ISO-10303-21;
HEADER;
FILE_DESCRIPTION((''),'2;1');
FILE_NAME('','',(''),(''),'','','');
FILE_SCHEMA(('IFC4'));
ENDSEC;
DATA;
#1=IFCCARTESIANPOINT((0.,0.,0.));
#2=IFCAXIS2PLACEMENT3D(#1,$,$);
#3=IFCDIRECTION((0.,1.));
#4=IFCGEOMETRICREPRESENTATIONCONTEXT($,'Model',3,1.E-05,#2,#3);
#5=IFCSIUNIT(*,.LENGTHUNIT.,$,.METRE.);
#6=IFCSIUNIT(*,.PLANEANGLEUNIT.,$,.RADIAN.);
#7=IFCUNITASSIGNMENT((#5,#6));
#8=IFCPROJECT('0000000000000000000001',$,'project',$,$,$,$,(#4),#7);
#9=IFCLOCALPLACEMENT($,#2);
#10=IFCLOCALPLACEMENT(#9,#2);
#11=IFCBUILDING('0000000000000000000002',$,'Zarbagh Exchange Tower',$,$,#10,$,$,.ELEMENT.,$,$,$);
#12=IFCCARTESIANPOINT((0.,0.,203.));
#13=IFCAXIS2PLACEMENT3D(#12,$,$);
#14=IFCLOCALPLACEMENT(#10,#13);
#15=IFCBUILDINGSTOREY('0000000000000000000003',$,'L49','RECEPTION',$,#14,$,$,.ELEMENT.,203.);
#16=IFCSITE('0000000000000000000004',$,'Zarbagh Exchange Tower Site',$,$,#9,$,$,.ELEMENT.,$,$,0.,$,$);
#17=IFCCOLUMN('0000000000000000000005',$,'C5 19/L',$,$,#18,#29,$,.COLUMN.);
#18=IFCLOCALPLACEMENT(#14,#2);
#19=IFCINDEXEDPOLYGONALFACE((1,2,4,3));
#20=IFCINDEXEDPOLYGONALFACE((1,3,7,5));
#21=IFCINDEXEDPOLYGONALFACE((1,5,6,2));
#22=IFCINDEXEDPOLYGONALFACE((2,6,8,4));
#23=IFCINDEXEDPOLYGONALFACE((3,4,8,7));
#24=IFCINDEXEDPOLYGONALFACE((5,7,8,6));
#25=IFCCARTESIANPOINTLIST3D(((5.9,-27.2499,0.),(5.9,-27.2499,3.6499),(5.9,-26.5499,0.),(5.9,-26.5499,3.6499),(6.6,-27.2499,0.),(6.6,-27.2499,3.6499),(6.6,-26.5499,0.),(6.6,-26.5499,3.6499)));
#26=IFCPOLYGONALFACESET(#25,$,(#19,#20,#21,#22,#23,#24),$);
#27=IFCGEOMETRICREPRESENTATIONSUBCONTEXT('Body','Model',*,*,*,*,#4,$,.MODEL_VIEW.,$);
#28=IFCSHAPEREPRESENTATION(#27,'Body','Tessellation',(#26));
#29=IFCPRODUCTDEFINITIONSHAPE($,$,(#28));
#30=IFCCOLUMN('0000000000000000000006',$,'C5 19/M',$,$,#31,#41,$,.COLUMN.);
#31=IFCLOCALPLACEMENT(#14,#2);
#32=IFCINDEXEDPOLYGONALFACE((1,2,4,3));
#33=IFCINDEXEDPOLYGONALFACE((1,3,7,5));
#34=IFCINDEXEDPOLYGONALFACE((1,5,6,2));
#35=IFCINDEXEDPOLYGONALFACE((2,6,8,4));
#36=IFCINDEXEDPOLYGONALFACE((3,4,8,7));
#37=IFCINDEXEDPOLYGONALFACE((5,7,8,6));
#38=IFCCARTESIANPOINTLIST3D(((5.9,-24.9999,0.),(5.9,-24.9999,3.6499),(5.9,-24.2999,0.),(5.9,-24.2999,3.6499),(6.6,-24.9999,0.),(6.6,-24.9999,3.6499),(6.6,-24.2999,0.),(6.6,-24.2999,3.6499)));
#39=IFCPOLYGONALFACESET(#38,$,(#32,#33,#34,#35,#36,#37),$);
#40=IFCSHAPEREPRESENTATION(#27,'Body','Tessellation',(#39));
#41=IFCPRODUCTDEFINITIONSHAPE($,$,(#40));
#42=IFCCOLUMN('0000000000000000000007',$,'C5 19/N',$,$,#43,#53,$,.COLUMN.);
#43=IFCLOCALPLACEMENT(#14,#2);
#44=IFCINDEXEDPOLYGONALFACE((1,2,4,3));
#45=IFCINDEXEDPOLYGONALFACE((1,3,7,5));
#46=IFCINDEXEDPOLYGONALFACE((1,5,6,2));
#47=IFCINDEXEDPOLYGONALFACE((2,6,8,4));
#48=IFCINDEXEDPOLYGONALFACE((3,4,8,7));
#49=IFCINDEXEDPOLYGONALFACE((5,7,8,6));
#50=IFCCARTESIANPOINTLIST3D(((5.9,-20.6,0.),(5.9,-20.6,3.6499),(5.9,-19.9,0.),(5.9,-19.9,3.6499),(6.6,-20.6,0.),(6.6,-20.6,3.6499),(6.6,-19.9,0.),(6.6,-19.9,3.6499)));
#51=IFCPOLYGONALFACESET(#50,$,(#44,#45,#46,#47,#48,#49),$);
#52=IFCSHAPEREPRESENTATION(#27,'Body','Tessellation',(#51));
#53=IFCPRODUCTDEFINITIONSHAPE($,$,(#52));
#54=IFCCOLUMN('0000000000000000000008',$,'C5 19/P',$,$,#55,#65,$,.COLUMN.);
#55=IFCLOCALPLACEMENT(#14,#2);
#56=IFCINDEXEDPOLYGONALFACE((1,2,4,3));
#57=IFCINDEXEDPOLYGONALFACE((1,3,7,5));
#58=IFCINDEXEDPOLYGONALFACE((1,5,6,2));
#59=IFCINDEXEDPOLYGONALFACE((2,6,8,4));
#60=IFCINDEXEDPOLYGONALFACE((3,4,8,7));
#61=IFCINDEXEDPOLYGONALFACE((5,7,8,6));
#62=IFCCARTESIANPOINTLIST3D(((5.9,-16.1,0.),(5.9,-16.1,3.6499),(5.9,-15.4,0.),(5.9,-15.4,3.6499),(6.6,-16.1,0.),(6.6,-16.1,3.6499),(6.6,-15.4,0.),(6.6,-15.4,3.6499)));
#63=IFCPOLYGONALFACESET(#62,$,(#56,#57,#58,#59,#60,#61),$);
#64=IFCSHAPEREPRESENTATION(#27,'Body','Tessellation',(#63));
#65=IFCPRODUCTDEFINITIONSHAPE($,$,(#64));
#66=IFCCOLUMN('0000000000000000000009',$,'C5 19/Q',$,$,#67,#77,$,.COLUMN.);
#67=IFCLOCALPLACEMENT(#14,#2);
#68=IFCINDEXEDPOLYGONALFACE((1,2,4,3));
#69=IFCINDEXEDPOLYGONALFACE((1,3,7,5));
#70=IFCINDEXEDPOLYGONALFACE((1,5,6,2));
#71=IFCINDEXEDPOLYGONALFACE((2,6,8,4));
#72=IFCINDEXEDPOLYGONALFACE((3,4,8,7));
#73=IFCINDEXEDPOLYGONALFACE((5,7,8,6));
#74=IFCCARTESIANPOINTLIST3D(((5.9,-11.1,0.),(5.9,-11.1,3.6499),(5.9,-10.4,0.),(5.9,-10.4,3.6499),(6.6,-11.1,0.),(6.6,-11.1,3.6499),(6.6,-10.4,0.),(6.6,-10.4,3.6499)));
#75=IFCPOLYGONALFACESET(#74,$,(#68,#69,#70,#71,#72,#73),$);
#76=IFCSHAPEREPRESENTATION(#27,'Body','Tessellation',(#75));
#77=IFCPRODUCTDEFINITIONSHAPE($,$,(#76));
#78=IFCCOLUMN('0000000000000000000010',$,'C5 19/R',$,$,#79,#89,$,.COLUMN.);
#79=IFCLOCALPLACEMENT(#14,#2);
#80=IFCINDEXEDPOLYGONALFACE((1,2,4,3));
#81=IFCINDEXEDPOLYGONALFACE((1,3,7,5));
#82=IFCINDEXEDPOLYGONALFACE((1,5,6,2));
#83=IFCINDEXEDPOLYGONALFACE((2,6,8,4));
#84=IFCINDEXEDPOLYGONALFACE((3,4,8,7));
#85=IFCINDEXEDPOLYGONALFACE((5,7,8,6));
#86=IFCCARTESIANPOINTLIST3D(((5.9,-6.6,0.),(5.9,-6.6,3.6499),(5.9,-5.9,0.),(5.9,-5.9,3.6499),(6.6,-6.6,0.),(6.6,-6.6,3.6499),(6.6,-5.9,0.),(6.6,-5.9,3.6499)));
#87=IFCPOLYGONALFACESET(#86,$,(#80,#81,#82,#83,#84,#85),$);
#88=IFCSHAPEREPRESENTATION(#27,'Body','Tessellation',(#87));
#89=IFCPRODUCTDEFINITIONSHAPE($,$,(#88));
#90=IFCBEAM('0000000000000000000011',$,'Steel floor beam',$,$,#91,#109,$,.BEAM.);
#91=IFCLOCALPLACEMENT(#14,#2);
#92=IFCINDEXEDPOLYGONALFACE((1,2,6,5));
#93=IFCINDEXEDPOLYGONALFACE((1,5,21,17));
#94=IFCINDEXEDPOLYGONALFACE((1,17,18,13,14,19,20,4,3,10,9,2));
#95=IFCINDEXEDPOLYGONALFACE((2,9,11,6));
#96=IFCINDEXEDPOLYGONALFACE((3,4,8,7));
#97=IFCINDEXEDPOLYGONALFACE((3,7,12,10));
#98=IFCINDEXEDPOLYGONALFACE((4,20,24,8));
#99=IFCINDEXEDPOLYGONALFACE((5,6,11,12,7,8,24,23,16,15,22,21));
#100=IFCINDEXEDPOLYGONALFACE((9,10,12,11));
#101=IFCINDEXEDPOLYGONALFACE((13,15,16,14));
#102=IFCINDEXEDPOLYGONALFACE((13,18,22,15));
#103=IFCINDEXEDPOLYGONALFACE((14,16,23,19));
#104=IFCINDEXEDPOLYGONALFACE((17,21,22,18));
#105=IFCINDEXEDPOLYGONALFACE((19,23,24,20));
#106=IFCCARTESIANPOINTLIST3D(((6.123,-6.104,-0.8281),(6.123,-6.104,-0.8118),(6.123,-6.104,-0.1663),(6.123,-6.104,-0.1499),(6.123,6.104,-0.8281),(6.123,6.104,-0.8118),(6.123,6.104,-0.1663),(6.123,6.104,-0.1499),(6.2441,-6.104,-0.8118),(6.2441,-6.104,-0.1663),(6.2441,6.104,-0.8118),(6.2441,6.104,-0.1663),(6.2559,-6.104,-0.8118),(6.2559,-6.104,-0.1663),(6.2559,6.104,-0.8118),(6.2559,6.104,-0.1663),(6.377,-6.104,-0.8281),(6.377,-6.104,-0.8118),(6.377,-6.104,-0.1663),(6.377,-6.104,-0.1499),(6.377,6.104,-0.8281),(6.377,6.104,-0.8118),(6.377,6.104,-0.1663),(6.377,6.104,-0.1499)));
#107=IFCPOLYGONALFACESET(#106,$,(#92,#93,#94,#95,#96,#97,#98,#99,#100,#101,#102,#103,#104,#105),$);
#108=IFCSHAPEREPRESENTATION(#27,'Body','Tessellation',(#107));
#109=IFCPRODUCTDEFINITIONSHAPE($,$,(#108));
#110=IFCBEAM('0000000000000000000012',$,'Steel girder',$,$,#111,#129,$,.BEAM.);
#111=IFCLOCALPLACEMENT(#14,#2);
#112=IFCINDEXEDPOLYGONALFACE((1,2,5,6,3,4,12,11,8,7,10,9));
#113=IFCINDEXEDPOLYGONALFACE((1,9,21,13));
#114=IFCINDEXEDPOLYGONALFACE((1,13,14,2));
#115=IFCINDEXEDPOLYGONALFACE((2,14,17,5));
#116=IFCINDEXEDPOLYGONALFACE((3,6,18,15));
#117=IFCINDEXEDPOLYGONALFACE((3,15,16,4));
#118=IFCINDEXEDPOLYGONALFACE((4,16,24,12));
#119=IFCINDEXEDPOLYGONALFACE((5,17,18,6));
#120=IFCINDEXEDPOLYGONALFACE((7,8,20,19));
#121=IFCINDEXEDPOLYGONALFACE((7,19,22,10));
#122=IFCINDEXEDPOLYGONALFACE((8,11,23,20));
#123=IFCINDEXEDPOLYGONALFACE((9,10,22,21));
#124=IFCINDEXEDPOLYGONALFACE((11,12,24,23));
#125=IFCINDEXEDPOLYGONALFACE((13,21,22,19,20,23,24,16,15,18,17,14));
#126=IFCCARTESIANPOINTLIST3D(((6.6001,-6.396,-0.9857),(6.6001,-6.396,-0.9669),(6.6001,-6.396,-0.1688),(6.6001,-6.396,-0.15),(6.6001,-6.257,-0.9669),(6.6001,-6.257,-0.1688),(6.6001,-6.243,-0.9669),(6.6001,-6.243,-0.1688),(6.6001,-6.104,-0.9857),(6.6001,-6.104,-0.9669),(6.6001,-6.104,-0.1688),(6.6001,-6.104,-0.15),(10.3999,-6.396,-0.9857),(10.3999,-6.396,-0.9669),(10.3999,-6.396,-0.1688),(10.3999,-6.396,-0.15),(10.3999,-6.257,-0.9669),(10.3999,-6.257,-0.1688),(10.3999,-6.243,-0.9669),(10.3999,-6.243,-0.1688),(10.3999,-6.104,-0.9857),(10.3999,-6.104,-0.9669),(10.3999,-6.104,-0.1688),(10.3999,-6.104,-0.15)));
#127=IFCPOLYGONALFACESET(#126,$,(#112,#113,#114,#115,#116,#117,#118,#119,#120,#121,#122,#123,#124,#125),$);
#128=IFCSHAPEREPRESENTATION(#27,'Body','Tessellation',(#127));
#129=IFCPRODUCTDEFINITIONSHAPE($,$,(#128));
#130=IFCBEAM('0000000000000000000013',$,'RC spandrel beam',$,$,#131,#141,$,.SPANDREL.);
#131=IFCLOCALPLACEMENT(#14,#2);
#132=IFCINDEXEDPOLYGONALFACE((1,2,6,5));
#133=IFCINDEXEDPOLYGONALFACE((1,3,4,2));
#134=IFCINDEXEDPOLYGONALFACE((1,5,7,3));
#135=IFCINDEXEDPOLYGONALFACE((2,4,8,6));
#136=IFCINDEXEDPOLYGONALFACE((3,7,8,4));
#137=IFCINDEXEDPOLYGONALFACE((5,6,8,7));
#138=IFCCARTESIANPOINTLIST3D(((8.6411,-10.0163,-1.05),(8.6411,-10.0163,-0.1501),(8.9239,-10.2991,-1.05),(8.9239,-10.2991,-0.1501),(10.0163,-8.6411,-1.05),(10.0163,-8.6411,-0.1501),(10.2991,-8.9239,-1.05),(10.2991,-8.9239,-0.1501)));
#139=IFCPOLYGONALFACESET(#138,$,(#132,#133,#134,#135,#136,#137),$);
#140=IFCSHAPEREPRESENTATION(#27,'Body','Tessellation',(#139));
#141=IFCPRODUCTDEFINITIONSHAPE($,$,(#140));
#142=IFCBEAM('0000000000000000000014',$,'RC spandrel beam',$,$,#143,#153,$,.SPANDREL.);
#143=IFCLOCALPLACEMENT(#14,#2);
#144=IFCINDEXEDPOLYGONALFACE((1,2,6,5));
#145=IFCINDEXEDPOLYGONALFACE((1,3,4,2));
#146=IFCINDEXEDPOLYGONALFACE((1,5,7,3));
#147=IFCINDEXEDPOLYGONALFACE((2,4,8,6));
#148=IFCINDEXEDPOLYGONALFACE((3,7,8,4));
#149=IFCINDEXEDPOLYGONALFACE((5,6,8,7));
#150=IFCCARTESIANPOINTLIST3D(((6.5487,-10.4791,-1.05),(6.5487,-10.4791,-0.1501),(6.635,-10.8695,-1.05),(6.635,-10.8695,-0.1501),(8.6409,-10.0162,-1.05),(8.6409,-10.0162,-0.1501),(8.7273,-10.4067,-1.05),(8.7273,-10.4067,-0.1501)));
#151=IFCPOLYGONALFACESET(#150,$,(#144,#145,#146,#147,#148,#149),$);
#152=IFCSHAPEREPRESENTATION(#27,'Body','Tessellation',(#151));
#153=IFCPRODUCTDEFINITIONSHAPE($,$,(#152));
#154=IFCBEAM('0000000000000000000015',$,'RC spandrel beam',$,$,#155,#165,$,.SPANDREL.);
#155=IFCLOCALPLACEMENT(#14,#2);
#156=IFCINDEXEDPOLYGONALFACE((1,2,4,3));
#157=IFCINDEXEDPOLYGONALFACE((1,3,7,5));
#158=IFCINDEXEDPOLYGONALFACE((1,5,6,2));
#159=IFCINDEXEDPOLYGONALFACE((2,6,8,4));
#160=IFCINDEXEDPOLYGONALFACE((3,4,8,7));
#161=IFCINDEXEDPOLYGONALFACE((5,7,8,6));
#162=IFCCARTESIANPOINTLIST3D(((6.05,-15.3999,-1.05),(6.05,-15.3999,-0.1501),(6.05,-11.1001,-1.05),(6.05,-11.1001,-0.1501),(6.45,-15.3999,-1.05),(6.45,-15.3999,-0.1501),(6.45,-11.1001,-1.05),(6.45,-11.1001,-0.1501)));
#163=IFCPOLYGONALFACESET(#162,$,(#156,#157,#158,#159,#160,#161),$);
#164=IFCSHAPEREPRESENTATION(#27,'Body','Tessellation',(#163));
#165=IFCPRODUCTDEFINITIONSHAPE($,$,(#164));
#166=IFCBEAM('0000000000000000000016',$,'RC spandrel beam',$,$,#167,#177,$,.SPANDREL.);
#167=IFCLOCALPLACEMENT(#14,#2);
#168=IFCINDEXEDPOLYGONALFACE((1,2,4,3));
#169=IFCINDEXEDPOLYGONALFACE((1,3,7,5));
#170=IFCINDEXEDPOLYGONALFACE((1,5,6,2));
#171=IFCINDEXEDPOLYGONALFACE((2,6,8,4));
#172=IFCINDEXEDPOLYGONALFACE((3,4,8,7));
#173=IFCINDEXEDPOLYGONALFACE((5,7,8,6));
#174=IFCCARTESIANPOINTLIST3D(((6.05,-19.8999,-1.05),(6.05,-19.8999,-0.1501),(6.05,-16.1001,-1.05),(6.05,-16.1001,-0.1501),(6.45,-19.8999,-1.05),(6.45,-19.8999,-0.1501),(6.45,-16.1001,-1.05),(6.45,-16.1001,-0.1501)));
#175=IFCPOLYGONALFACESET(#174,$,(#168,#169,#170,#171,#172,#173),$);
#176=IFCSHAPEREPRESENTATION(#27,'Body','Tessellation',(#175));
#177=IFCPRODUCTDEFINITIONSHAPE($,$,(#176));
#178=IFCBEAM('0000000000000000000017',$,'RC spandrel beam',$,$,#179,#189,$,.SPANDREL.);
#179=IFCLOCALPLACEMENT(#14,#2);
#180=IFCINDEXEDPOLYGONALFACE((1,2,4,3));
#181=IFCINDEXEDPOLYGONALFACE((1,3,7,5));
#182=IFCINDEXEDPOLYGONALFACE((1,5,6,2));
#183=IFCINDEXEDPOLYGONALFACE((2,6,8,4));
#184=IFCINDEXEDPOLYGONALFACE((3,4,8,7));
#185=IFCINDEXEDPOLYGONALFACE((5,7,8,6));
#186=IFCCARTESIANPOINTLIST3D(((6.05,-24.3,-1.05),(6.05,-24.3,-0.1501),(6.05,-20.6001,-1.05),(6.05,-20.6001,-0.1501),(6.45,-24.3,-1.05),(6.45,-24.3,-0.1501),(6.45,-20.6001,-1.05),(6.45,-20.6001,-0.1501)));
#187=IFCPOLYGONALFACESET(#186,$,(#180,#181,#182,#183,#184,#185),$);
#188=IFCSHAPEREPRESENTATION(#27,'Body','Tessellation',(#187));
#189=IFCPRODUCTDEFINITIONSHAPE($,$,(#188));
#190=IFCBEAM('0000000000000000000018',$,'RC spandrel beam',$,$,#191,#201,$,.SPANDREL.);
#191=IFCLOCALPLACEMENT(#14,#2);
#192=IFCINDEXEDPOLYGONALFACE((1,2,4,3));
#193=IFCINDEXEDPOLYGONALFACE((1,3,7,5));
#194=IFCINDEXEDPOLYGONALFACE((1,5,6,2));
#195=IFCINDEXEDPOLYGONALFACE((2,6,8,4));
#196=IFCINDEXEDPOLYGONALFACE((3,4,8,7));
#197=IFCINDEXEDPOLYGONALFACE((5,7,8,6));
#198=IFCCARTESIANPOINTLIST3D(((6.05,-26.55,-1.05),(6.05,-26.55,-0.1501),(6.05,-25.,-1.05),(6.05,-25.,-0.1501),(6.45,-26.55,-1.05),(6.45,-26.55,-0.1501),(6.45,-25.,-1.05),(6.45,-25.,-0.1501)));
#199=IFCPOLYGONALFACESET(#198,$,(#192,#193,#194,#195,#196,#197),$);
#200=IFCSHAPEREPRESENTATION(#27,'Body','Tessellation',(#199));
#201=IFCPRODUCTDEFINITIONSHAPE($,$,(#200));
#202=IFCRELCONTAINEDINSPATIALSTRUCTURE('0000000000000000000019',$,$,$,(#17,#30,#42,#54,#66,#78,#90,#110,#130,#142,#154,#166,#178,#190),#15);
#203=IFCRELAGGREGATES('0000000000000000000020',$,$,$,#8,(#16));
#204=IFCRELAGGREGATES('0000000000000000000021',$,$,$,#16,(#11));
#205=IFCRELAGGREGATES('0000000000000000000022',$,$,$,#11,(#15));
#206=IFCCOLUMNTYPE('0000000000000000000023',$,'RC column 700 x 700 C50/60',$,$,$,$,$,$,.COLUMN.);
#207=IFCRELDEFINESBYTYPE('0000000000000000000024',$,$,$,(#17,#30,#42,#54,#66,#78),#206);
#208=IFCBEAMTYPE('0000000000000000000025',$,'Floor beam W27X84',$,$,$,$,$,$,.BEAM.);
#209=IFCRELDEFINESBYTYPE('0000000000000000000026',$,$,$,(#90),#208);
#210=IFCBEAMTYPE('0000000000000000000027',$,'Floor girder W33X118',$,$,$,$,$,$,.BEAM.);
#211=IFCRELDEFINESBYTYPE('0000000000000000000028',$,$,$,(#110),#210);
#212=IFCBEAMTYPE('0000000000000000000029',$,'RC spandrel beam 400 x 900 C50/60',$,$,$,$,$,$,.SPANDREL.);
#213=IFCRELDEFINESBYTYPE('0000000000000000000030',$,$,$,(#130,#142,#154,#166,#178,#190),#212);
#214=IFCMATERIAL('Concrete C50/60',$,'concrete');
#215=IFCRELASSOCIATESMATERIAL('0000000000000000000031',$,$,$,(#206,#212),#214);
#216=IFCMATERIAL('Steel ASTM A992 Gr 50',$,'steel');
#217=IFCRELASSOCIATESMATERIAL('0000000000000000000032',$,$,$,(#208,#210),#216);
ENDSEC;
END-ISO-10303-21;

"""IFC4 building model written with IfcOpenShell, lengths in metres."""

from ifc_helpers import new_model, si_unit, direction, frame, origin, origin_2d, place, context, subcontext, project, spatial, rectangle, i_section, extrude, material, material_profile, profile_set, type_object, element, save


model = new_model("IFC4")

# Units and contexts
model_context = context("Model", 3, precision=1e-05, world=origin(), true_north=direction((0.0, 1.0)))
body_context = subcontext(model_context, "Body", "Model", "MODEL_VIEW")
ifc_project = project(units=[si_unit("LENGTHUNIT", "METRE"), si_unit("PLANEANGLEUNIT", "RADIAN")], contexts=[model_context])

# Site, building, storey
site_placement = place(None, origin())
site = spatial("IfcSite", under=ifc_project, at=site_placement, Name="Zarbagh Exchange Tower Site", CompositionType="ELEMENT", RefElevation=0.0)
building_placement = place(site_placement, origin())
building = spatial("IfcBuilding", under=site, at=building_placement, Name="Zarbagh Exchange Tower", CompositionType="ELEMENT")
storey_placement = place(building_placement, frame((0.0, 0.0, 203.0)))
storey = spatial("IfcBuildingStorey", under=building, at=storey_placement, Name="L49", Description="RECEPTION", CompositionType="ELEMENT", Elevation=203.0)

# Columns
ifc_material_1 = material(Name="Concrete C50/60", Category="concrete")
ifc_material_profile_1 = material_profile(ifc_material_1, rectangle(XDim=0.7, YDim=0.7, at=origin_2d()), Name="RC column 700 x 700 C50/60")
ifc_profile_set_1 = profile_set([ifc_material_profile_1], Name="Concrete C50/60")
column_type = type_object("IfcColumnType", Name="RC column 700 x 700 C50/60", PredefinedType="COLUMN", material=ifc_profile_set_1)
for number, where, z_axis, x_axis, name in (
    (1, (6.25, -26.8999, 0.0), (0.0, 0.0, 1.0), (1.0, 0.0, 0.0), "C5 19/L"),
    (2, (6.25, -24.6499, 0.0), (0.0, 0.0, 1.0), (1.0, 0.0, 0.0), "C5 19/M"),
    (3, (6.25, -20.25, 0.0), (0.0, 0.0, 1.0), (1.0, 0.0, 0.0), "C5 19/N"),
    (4, (6.25, -15.75, 0.0), (0.0, 0.0, 1.0), (1.0, 0.0, 0.0), "C5 19/P"),
    (5, (6.25, -10.75, 0.0), (0.0, 0.0, 1.0), (1.0, 0.0, 0.0), "C5 19/Q"),
    (6, (6.25, -6.25, 0.0), (0.0, 0.0, 1.0), (1.0, 0.0, 0.0), "C5 19/R"),
):
    element("IfcColumn", number, at=place(storey_placement, frame(where, z_axis=z_axis, x_axis=x_axis)), inside=storey, type_object=column_type, Name=name, PredefinedType="COLUMN", context=body_context, shape_type="SweptSolid", body=[
        extrude(rectangle(XDim=0.7, YDim=0.7, at=origin_2d()), origin(), (0.0, 0.0, 1.0), 3.6499),
    ])

# Beams
ifc_material_2 = material(Name="Steel ASTM A992 Gr 50", Category="steel")
ifc_material_profile_2 = material_profile(ifc_material_2, i_section(OverallWidth=0.2539, OverallDepth=0.6782, WebThickness=0.0117, FlangeThickness=0.0164, at=origin_2d()), Name="W27X84")
ifc_profile_set_2 = profile_set([ifc_material_profile_2], Name="Steel ASTM A992 Gr 50")
beam_type_1 = type_object("IfcBeamType", Name="Floor beam W27X84", PredefinedType="BEAM", material=ifc_profile_set_2)
beam_1_placement = place(storey_placement, frame((6.25, -6.104, -0.489), z_axis=(0.0, 1.0, 0.0), x_axis=(-1.0, 0.0, 0.0)))
element("IfcBeam", 7, at=beam_1_placement, inside=storey, type_object=beam_type_1, Name="Steel floor beam", PredefinedType="BEAM", context=body_context, shape_type="SweptSolid", body=[
    extrude(i_section(OverallWidth=0.2539, OverallDepth=0.6782, WebThickness=0.0117, FlangeThickness=0.0164, at=origin_2d()), origin(), (0.0, 0.0, 1.0), 12.208),
])
ifc_material_profile_3 = material_profile(ifc_material_2, i_section(OverallWidth=0.292, OverallDepth=0.8357, WebThickness=0.0139, FlangeThickness=0.0188, at=origin_2d()), Name="W33X118")
ifc_profile_set_3 = profile_set([ifc_material_profile_3], Name="Steel ASTM A992 Gr 50")
beam_type_2 = type_object("IfcBeamType", Name="Floor girder W33X118", PredefinedType="BEAM", material=ifc_profile_set_3)
beam_2_placement = place(storey_placement, frame((6.6001, -6.25, -0.5679), z_axis=(1.0, 0.0, 0.0), x_axis=(0.0, 1.0, 0.0)))
element("IfcBeam", 8, at=beam_2_placement, inside=storey, type_object=beam_type_2, Name="Steel girder", PredefinedType="BEAM", context=body_context, shape_type="SweptSolid", body=[
    extrude(i_section(OverallWidth=0.292, OverallDepth=0.8357, WebThickness=0.0139, FlangeThickness=0.0188, at=origin_2d()), origin(), (0.0, 0.0, 1.0), 3.7998),
])
ifc_material_profile_4 = material_profile(ifc_material_1, rectangle(XDim=0.3999, YDim=0.8999, at=origin_2d()), Name="RC spandrel beam 400 x 900 C50/60")
ifc_profile_set_4 = profile_set([ifc_material_profile_4], Name="Concrete C50/60")
beam_type_3 = type_object("IfcBeamType", Name="RC spandrel beam 400 x 900 C50/60", PredefinedType="SPANDREL", material=ifc_profile_set_4)
beam_3_placement = place(storey_placement, frame((10.1577, -8.7825, -0.6001), z_axis=(-0.707107, -0.707107, 0.0), x_axis=(0.707107, -0.707107, 0.0)))
element("IfcBeam", 9, at=beam_3_placement, inside=storey, type_object=beam_type_3, Name="RC spandrel beam", PredefinedType="SPANDREL", context=body_context, shape_type="SweptSolid", body=[
    extrude(rectangle(XDim=0.3999, YDim=0.8999, at=origin_2d()), origin(), (0.0, 0.0, 1.0), 1.9448),
])
beam_4_placement = place(storey_placement, frame((8.6841, -10.2114, -0.6001), z_axis=(-0.97639, -0.216014, 0.0), x_axis=(0.216014, -0.97639, 0.0)))
element("IfcBeam", 10, at=beam_4_placement, inside=storey, type_object=beam_type_3, Name="RC spandrel beam", PredefinedType="SPANDREL", context=body_context, shape_type="SweptSolid", body=[
    extrude(rectangle(XDim=0.3999, YDim=0.8999, at=origin_2d()), origin(), (0.0, 0.0, 1.0), 2.1428),
])
beam_5_placement = place(storey_placement, frame((6.25, -11.1001, -0.6001), z_axis=(0.0, -1.0, 0.0), x_axis=(1.0, 0.0, 0.0)))
element("IfcBeam", 11, at=beam_5_placement, inside=storey, type_object=beam_type_3, Name="RC spandrel beam", PredefinedType="SPANDREL", context=body_context, shape_type="SweptSolid", body=[
    extrude(rectangle(XDim=0.3999, YDim=0.8999, at=origin_2d()), origin(), (0.0, 0.0, 1.0), 4.2998),
])
beam_6_placement = place(storey_placement, frame((6.25, -16.1001, -0.6001), z_axis=(0.0, -1.0, 0.0), x_axis=(1.0, 0.0, 0.0)))
element("IfcBeam", 12, at=beam_6_placement, inside=storey, type_object=beam_type_3, Name="RC spandrel beam", PredefinedType="SPANDREL", context=body_context, shape_type="SweptSolid", body=[
    extrude(rectangle(XDim=0.3999, YDim=0.8999, at=origin_2d()), origin(), (0.0, 0.0, 1.0), 3.7998),
])
beam_7_placement = place(storey_placement, frame((6.25, -20.6001, -0.6001), z_axis=(0.0, -1.0, 0.0), x_axis=(1.0, 0.0, 0.0)))
element("IfcBeam", 13, at=beam_7_placement, inside=storey, type_object=beam_type_3, Name="RC spandrel beam", PredefinedType="SPANDREL", context=body_context, shape_type="SweptSolid", body=[
    extrude(rectangle(XDim=0.3999, YDim=0.8999, at=origin_2d()), origin(), (0.0, 0.0, 1.0), 3.7),
])
beam_8_placement = place(storey_placement, frame((6.25, -25.0, -0.6001), z_axis=(0.0, -1.0, 0.0), x_axis=(1.0, 0.0, 0.0)))
element("IfcBeam", 14, at=beam_8_placement, inside=storey, type_object=beam_type_3, Name="RC spandrel beam", PredefinedType="SPANDREL", context=body_context, shape_type="SweptSolid", body=[
    extrude(rectangle(XDim=0.3999, YDim=0.8999, at=origin_2d()), origin(), (0.0, 0.0, 1.0), 1.55),
])

save(model, "model.ifc")
